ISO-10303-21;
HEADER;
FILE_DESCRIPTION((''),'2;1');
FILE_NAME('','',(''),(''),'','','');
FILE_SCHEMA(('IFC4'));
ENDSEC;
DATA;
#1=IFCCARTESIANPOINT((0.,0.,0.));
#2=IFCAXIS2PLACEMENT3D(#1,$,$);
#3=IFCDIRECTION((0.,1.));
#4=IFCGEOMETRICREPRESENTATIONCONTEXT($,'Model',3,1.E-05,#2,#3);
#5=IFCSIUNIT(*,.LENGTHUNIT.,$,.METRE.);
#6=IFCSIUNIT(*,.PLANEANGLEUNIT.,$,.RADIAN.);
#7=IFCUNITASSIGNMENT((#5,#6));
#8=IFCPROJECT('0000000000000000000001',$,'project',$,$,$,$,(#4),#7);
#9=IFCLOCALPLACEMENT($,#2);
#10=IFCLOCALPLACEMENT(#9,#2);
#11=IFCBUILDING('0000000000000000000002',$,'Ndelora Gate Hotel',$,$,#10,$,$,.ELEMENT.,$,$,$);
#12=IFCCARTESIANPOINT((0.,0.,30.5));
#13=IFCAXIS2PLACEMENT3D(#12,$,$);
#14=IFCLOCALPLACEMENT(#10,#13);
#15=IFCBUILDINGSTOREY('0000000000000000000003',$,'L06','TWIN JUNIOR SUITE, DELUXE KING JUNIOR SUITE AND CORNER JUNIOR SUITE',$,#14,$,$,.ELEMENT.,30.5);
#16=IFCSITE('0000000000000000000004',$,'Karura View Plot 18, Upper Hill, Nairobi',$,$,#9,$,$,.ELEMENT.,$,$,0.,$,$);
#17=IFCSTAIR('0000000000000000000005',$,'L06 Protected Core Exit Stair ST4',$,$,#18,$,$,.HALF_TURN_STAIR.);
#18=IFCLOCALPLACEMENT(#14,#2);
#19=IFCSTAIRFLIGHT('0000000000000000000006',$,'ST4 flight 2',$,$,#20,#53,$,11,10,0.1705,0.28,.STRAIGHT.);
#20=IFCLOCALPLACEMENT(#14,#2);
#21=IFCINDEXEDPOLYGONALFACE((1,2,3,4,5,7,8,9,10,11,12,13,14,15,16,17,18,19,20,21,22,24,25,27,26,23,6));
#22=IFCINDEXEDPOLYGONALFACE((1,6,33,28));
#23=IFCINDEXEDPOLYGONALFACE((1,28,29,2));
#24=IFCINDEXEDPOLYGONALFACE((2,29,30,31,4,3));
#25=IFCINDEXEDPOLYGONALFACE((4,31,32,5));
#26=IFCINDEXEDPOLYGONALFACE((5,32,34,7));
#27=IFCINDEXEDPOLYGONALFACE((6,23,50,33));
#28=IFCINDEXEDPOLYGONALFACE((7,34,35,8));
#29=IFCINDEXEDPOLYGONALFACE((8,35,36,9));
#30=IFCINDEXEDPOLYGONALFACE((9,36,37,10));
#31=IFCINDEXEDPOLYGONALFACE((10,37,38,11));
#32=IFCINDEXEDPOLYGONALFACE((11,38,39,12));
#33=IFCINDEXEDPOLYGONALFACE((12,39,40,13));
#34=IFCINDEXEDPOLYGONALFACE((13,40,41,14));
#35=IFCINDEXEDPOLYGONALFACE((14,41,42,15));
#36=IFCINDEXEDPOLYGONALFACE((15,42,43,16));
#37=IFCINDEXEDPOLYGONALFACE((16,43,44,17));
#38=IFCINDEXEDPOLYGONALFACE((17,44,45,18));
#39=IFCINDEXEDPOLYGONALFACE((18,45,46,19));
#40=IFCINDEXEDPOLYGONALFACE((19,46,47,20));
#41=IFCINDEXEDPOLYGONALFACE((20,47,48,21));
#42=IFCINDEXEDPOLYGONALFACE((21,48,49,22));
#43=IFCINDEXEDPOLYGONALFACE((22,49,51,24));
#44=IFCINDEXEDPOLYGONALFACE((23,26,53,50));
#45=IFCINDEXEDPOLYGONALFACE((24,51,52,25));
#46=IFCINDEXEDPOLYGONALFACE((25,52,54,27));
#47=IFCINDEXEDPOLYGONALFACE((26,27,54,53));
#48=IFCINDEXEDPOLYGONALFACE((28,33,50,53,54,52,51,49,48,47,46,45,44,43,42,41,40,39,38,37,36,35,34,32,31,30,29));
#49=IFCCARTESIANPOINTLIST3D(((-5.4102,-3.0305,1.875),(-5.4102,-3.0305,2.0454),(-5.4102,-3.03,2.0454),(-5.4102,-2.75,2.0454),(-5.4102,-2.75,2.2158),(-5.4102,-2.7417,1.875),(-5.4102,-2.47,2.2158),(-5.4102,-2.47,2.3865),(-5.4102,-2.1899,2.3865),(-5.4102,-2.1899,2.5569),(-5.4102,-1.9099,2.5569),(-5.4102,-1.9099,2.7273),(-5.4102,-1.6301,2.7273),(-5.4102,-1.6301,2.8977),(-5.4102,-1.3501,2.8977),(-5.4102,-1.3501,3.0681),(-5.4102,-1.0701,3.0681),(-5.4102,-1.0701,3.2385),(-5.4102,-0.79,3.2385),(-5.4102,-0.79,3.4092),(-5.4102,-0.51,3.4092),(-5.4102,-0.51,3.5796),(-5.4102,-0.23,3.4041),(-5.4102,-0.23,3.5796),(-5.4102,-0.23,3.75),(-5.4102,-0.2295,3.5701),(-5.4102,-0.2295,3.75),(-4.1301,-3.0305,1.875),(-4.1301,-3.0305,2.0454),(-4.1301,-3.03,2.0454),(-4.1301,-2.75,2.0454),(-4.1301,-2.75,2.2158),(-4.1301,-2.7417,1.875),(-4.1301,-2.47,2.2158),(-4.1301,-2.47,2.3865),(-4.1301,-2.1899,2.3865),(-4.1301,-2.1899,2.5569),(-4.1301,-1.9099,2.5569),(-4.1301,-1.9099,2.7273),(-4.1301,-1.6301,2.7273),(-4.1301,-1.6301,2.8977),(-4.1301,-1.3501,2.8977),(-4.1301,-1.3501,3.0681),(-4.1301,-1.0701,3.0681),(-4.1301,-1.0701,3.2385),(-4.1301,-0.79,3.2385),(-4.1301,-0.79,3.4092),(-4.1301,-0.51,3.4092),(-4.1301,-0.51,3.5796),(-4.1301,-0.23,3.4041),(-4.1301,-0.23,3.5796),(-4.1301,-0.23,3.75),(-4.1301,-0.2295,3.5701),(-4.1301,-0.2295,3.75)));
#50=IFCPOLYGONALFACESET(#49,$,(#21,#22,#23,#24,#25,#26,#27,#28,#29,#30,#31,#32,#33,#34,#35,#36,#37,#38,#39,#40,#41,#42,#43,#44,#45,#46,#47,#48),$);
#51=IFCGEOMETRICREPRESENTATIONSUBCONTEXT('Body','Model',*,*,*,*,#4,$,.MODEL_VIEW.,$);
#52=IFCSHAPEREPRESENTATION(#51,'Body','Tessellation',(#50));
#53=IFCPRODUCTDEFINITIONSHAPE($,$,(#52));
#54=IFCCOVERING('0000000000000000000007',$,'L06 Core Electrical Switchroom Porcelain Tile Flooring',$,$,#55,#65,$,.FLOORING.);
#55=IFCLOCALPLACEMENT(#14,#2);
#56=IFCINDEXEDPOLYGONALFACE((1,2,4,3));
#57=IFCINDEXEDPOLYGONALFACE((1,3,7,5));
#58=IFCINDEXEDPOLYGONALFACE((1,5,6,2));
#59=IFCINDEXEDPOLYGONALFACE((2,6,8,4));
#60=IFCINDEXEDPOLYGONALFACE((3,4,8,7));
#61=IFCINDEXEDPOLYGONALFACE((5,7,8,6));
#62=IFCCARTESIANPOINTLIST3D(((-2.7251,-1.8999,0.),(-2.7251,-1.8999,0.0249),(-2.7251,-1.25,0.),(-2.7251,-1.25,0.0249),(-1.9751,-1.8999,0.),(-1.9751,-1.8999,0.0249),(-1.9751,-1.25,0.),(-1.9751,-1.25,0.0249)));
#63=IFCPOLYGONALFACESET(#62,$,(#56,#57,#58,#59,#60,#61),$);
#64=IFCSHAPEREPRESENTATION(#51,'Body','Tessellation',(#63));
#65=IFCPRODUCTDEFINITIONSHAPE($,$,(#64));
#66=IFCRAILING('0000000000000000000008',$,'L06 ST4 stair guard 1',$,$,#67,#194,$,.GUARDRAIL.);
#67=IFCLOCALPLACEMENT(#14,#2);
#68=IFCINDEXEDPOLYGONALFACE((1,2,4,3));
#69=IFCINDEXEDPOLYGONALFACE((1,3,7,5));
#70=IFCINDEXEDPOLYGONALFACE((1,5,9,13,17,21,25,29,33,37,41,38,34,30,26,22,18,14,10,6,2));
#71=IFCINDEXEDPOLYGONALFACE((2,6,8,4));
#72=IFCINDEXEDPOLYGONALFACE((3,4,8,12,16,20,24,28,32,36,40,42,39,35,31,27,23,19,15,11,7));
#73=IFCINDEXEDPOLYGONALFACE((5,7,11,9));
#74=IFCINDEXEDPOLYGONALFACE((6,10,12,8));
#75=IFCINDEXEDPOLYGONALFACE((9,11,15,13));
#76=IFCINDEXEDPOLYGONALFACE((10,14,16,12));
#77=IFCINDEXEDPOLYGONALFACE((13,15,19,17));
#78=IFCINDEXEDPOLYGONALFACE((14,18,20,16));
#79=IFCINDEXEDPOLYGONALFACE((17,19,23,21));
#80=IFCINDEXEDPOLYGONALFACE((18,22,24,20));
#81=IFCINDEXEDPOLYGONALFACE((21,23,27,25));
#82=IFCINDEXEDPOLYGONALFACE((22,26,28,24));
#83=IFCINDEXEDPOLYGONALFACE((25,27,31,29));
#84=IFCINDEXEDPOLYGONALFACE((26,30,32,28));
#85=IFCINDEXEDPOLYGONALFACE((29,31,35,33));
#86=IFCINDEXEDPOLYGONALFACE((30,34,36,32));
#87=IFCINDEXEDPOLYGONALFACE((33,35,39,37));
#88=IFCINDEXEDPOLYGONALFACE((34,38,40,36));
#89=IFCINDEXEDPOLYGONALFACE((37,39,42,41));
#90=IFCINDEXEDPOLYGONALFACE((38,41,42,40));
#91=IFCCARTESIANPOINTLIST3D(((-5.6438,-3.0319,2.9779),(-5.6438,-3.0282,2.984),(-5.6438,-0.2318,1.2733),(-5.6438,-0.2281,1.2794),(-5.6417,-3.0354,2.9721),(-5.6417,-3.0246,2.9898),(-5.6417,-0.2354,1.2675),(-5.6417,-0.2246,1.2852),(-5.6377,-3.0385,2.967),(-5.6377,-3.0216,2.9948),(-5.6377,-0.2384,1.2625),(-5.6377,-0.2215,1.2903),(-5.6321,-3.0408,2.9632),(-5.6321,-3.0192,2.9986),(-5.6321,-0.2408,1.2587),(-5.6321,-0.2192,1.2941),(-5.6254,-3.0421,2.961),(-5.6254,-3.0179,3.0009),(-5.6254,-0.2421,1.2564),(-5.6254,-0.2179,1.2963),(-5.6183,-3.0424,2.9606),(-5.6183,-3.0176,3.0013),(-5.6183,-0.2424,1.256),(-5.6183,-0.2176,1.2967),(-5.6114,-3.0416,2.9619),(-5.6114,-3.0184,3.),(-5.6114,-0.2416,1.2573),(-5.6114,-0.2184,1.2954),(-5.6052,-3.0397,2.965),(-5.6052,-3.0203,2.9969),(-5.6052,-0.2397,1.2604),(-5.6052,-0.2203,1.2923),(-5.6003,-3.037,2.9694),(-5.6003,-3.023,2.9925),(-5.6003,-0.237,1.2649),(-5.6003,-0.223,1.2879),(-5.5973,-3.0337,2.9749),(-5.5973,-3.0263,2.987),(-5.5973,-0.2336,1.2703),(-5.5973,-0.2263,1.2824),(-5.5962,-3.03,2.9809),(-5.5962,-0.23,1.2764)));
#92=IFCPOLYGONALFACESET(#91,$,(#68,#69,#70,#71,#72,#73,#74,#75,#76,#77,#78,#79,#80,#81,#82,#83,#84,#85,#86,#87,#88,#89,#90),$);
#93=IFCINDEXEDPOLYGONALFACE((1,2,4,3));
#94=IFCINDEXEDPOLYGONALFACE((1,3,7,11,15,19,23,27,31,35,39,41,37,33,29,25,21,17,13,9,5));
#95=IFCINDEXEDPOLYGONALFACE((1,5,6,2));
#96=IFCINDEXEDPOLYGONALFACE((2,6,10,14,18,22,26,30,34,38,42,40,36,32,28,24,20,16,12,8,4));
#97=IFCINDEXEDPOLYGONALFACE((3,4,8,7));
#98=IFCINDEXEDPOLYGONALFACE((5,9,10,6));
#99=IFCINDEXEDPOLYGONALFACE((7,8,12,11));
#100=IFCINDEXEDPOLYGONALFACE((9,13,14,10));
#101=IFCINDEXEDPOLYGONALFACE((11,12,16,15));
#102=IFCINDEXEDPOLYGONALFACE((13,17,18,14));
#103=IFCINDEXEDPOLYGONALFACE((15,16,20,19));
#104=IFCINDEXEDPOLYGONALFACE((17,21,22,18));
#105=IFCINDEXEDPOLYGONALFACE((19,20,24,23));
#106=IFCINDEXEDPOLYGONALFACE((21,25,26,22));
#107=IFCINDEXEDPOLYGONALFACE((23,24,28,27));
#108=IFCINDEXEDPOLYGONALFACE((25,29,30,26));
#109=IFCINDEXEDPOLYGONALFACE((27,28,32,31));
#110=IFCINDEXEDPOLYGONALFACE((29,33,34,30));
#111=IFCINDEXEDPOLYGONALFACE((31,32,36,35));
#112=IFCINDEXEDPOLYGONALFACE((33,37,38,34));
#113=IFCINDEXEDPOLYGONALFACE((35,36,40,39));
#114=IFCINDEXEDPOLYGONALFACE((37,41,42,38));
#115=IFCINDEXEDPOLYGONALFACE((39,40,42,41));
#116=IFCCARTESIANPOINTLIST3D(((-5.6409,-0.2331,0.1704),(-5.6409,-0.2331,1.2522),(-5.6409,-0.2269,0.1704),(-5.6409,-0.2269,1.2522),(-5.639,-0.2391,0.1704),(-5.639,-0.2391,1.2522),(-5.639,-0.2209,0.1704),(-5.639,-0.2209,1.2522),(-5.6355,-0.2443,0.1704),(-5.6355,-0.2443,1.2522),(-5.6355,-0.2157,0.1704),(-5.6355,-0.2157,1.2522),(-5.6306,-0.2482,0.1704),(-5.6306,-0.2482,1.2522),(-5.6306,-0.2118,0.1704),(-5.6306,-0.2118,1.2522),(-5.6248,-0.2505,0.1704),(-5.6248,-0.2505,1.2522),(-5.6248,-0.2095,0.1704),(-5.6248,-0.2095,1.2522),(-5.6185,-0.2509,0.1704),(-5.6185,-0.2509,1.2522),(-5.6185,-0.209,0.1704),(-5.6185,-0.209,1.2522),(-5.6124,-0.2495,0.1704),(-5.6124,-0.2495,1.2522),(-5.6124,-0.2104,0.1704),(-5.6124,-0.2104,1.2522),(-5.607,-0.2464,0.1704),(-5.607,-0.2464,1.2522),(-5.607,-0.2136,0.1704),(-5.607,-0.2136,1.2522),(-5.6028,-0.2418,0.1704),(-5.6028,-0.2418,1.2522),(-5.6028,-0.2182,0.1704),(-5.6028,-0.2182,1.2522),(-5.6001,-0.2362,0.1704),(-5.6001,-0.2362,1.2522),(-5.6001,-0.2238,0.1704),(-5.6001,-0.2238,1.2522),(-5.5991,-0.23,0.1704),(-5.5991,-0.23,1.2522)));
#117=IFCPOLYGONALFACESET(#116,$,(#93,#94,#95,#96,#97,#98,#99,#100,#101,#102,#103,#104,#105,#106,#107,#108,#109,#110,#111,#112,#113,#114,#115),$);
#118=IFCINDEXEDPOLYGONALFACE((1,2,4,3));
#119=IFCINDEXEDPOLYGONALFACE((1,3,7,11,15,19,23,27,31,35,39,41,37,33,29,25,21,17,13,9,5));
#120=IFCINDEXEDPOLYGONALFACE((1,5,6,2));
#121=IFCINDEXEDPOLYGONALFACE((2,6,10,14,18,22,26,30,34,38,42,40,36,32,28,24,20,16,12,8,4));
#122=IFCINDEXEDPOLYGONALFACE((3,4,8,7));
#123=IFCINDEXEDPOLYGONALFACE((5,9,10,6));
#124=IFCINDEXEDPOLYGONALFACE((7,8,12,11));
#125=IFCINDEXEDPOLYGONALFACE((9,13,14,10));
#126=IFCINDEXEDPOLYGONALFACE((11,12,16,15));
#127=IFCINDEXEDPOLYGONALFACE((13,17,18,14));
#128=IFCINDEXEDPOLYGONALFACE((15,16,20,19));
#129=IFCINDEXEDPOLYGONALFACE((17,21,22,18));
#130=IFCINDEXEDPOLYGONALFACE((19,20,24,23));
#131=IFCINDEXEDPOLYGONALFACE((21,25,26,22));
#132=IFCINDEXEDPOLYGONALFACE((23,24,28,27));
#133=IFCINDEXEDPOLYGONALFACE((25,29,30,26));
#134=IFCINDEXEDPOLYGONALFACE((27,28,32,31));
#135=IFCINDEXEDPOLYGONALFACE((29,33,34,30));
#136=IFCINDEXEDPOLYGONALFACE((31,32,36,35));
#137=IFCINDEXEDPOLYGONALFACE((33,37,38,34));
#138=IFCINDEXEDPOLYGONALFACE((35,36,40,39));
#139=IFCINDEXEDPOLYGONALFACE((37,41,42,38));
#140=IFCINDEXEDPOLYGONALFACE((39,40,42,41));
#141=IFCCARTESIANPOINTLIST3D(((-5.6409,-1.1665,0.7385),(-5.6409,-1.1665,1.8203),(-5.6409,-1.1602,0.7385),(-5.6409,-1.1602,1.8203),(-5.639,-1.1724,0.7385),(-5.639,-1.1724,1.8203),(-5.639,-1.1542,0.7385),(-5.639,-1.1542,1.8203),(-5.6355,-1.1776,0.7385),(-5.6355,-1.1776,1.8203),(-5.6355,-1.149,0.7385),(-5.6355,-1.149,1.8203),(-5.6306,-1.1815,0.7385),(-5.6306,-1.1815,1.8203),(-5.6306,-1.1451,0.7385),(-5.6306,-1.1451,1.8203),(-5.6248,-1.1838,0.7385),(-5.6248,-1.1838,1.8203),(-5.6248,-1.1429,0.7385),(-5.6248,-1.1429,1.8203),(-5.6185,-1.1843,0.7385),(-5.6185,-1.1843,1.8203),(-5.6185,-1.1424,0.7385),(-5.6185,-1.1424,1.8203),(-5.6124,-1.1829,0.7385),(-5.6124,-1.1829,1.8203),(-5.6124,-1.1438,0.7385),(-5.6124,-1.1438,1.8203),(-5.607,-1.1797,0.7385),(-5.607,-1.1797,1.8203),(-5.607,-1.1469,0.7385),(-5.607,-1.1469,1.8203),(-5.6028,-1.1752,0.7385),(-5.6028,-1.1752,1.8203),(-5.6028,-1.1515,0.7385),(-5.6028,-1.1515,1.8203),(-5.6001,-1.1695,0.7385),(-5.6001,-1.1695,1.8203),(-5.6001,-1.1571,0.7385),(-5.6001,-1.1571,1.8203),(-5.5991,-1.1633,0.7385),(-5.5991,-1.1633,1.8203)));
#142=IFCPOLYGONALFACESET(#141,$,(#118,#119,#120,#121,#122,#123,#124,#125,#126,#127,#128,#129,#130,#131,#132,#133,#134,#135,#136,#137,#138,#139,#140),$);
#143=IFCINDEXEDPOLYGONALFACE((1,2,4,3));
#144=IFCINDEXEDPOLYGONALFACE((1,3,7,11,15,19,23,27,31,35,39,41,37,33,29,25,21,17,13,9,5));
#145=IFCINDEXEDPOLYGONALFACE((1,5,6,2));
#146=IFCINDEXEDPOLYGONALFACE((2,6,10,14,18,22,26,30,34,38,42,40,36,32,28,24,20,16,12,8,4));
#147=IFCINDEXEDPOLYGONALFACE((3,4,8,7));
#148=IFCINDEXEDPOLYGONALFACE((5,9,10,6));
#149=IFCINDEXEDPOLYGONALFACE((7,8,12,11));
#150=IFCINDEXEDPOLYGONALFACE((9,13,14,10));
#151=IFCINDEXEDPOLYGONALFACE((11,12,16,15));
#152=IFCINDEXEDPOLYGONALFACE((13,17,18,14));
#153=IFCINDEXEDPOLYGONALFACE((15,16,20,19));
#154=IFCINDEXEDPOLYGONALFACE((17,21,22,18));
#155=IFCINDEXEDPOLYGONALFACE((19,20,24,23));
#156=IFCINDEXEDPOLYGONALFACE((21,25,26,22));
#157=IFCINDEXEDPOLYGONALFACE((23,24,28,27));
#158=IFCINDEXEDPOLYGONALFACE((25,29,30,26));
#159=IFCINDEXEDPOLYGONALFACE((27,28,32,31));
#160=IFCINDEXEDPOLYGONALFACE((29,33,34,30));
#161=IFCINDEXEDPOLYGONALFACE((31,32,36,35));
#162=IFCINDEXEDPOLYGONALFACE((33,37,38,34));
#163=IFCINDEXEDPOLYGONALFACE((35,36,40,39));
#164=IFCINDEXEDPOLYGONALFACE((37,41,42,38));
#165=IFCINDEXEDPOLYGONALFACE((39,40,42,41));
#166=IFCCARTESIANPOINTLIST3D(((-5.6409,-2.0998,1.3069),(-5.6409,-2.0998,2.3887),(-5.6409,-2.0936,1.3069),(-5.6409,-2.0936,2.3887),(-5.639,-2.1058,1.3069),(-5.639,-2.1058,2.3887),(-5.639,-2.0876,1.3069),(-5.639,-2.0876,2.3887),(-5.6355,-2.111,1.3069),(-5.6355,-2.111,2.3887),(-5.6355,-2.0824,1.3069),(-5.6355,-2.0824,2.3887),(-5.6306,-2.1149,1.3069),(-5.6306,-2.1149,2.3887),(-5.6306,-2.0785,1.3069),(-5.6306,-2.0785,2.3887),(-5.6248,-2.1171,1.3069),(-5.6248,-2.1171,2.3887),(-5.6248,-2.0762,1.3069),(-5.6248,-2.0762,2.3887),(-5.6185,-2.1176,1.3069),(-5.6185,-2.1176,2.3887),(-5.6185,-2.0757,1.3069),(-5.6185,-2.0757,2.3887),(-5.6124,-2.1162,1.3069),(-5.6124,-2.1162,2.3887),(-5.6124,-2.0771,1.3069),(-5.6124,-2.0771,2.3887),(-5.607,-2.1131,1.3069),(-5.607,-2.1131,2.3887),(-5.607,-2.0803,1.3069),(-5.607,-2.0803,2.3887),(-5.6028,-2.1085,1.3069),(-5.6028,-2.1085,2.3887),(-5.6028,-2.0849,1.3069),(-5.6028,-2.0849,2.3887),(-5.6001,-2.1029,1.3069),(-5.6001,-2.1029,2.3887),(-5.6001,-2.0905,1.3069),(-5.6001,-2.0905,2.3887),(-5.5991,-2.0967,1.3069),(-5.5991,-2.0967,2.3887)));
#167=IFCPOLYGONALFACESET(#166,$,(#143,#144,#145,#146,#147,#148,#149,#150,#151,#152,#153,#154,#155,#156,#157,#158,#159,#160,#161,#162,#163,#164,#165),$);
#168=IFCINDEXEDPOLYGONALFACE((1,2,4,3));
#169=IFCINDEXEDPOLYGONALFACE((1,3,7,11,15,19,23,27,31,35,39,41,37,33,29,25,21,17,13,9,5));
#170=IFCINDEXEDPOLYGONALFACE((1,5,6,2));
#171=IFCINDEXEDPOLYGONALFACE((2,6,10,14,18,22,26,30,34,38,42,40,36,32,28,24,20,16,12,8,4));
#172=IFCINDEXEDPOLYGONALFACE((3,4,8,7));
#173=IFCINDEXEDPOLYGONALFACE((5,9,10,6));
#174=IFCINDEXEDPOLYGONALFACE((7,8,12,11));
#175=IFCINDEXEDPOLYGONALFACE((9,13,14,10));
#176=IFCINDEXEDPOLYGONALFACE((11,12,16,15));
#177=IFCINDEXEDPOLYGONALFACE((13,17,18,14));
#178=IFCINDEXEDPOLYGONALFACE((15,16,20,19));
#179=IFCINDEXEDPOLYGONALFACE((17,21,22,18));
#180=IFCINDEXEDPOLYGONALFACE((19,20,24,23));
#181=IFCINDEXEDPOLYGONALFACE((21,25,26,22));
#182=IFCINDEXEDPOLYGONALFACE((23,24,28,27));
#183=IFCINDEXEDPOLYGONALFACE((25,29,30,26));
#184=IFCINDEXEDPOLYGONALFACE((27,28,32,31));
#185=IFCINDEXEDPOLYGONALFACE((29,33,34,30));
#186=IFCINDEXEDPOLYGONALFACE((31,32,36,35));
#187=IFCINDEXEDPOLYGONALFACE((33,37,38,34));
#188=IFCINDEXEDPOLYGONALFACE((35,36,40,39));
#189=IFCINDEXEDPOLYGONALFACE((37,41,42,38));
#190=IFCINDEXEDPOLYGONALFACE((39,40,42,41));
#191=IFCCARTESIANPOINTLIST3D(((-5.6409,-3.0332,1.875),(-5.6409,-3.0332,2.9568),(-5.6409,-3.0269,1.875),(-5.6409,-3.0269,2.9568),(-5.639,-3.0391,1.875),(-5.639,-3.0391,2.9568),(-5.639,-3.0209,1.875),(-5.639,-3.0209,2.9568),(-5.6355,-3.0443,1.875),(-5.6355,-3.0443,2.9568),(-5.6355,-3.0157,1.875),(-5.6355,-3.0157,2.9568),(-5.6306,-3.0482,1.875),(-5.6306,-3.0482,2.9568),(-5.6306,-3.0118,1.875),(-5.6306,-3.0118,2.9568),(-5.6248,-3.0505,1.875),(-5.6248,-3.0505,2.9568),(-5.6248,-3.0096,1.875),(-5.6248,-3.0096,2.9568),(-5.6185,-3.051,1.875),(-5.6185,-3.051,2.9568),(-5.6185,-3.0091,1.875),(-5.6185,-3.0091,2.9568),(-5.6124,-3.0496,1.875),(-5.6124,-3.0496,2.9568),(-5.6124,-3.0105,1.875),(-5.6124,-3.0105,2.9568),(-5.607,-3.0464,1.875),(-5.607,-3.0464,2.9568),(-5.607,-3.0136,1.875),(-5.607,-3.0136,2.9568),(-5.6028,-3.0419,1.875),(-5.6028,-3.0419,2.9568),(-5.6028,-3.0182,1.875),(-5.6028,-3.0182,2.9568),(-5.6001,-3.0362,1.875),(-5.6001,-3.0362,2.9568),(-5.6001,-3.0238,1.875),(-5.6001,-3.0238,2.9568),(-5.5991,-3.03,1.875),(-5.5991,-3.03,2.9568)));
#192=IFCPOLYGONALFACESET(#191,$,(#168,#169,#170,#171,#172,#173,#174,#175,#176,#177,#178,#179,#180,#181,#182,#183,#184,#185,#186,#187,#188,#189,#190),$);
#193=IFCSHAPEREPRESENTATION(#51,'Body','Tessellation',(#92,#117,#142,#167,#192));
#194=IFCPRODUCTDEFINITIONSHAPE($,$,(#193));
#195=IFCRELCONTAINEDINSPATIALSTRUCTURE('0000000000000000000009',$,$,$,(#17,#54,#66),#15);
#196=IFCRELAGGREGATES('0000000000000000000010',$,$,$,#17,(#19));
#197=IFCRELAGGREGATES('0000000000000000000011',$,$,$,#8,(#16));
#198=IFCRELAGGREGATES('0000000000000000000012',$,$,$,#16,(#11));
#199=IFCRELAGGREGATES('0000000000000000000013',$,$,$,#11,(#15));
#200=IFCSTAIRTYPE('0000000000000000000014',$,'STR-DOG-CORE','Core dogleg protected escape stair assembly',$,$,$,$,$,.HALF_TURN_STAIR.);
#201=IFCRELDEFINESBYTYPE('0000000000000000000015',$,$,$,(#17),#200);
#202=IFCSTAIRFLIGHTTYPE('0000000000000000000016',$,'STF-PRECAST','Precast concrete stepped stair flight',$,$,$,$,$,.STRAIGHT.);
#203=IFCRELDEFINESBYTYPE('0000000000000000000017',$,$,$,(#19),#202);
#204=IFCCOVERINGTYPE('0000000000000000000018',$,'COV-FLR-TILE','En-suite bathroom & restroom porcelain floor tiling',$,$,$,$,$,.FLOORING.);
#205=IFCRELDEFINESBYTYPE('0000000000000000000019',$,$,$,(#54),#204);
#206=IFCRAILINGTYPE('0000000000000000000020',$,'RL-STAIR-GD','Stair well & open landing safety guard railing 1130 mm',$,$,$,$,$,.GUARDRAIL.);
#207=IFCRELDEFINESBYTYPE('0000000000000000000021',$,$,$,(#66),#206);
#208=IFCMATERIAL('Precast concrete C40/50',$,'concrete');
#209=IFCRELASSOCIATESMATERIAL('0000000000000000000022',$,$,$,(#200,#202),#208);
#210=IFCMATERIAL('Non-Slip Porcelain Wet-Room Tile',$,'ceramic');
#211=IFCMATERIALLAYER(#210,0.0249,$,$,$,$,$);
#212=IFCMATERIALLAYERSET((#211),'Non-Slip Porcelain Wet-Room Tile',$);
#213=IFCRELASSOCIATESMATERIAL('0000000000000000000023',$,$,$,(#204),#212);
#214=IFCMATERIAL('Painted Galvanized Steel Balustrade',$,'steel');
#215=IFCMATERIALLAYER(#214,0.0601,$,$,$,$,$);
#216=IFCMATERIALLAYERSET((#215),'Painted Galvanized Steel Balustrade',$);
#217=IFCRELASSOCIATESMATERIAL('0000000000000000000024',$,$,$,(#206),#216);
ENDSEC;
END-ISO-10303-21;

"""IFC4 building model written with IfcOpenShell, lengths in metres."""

from ifc_helpers import new_model, si_unit, direction, frame, origin, origin_2d, place, context, subcontext, project, spatial, polyline, rectangle, circle, outline, extrude, material, layer, layer_set, type_object, element, aggregate, save


model = new_model("IFC4")

# Units and contexts
model_context = context("Model", 3, precision=1e-05, world=origin(), true_north=direction((0.0, 1.0)))
body_context = subcontext(model_context, "Body", "Model", "MODEL_VIEW")
ifc_project = project(units=[si_unit("LENGTHUNIT", "METRE"), si_unit("PLANEANGLEUNIT", "RADIAN")], contexts=[model_context])

# Site, building, storey
site_placement = place(None, origin())
site = spatial("IfcSite", under=ifc_project, at=site_placement, Name="Karura View Plot 18, Upper Hill, Nairobi", CompositionType="ELEMENT", RefElevation=0.0)
building_placement = place(site_placement, origin())
building = spatial("IfcBuilding", under=site, at=building_placement, Name="Ndelora Gate Hotel", CompositionType="ELEMENT")
storey_placement = place(building_placement, frame((0.0, 0.0, 30.5)))
storey = spatial("IfcBuildingStorey", under=building, at=storey_placement, Name="L06", Description="TWIN JUNIOR SUITE, DELUXE KING JUNIOR SUITE AND CORNER JUNIOR SUITE", CompositionType="ELEMENT", Elevation=30.5)

# Stair, stair flight
ifc_material_1 = material(Name="Precast concrete C40/50", Category="concrete")
stair_type = type_object("IfcStairType", Name="STR-DOG-CORE", Description="Core dogleg protected escape stair assembly", PredefinedType="HALF_TURN_STAIR", material=ifc_material_1)
stair_placement = place(storey_placement, origin())
stair = element("IfcStair", 1, at=stair_placement, inside=storey, type_object=stair_type, Name="L06 Protected Core Exit Stair ST4", PredefinedType="HALF_TURN_STAIR")
stair_flight_type = type_object("IfcStairFlightType", Name="STF-PRECAST", Description="Precast concrete stepped stair flight", PredefinedType="STRAIGHT", material=ifc_material_1)
stair_flight_1_placement = place(storey_placement, frame((-4.77, -3.03, 1.875), z_axis=(0.0, 0.0, 1.0), x_axis=(0.0, 1.0, 0.0)))
stair_flight_1 = element("IfcStairFlight", 2, at=stair_flight_1_placement, type_object=stair_flight_type, Name="ST4 flight 2", NumberOfRisers=11, NumberOfTreads=10, PredefinedType="STRAIGHT", RiserHeight=0.1705, TreadLength=0.28, context=body_context, shape_type="SweptSolid", body=[
    extrude(outline(polyline([(-0.0005, 0.0), (-0.0005, 0.1704), (0.0, 0.1704), (0.28, 0.1704), (0.28, 0.3408), (0.5601, 0.3408), (0.5601, 0.5115), (0.8401, 0.5115), (0.8401, 0.6819), (1.1201, 0.6819), (1.1201, 0.8523), (1.3999, 0.8523), (1.3999, 1.0227), (1.6799, 1.0227), (1.6799, 1.1931), (1.96, 1.1931), (1.96, 1.3635), (2.24, 1.3635), (2.24, 1.5342), (2.52, 1.5342), (2.52, 1.7046), (2.8, 1.7046), (2.8, 1.875), (2.8005, 1.875), (2.8005, 1.6951), (2.8, 1.5291), (0.2883, 0.0), (-0.0005, 0.0)])), frame((0.0, 0.6401, 0.0), z_axis=(0.0, -1.0, 0.0), x_axis=(1.0, 0.0, 0.0)), (0.0, 0.0, 1.0), 1.28),
])
aggregate(stair, [stair_flight_1])

# Covering
ifc_material_2 = material(Name="Non-Slip Porcelain Wet-Room Tile", Category="ceramic")
ifc_layer_1 = layer(ifc_material_2, 0.0249)
ifc_layer_set_1 = layer_set([ifc_layer_1], Name="Non-Slip Porcelain Wet-Room Tile")
covering_type = type_object("IfcCoveringType", Name="COV-FLR-TILE", Description="En-suite bathroom & restroom porcelain floor tiling", PredefinedType="FLOORING", material=ifc_layer_set_1)
covering_placement = place(storey_placement, frame((-2.3501, -1.575, 0.0), z_axis=(0.0, 0.0, 1.0), x_axis=(1.0, 0.0, 0.0)))
element("IfcCovering", 3, at=covering_placement, inside=storey, type_object=covering_type, Name="L06 Core Electrical Switchroom Porcelain Tile Flooring", PredefinedType="FLOORING", context=body_context, shape_type="SweptSolid", body=[
    extrude(rectangle(XDim=0.75, YDim=0.6499, at=origin_2d()), origin(), (0.0, 0.0, 1.0), 0.0249),
])

# Railing
ifc_material_3 = material(Name="Painted Galvanized Steel Balustrade", Category="steel")
ifc_layer_2 = layer(ifc_material_3, 0.0601)
ifc_layer_set_2 = layer_set([ifc_layer_2], Name="Painted Galvanized Steel Balustrade")
railing_type_1 = type_object("IfcRailingType", Name="RL-STAIR-GD", Description="Stair well & open landing safety guard railing 1130 mm", PredefinedType="GUARDRAIL", material=ifc_layer_set_2)
railing_1_placement = place(storey_placement, frame((-5.6201, -0.23, 0.1704)))
element("IfcRailing", 4, at=railing_1_placement, inside=storey, type_object=railing_type_1, Name="L06 ST4 stair guard 1", PredefinedType="GUARDRAIL", context=body_context, shape_type="SweptSolid", body=[
    extrude(circle(Radius=0.0239, at=origin_2d()), frame((0.0, 0.0, 1.106), z_axis=(0.0, -0.85417, 0.519994), x_axis=(1.0, 0.0, 0.0)), (0.0, 0.0, 1.0), 3.2781),
    extrude(circle(Radius=0.021, at=origin_2d()), origin(), (0.0, 0.0, 1.0), 1.0818),
    extrude(circle(Radius=0.021, at=origin_2d()), frame((0.0, -0.9333, 0.5681)), (0.0, 0.0, 1.0), 1.0818),
    extrude(circle(Radius=0.021, at=origin_2d()), frame((0.0, -1.8667, 1.1365)), (0.0, 0.0, 1.0), 1.0818),
    extrude(circle(Radius=0.021, at=origin_2d()), frame((0.0, -2.8, 1.7046)), (0.0, 0.0, 1.0), 1.0818),
])

save(model, "model.ifc")
